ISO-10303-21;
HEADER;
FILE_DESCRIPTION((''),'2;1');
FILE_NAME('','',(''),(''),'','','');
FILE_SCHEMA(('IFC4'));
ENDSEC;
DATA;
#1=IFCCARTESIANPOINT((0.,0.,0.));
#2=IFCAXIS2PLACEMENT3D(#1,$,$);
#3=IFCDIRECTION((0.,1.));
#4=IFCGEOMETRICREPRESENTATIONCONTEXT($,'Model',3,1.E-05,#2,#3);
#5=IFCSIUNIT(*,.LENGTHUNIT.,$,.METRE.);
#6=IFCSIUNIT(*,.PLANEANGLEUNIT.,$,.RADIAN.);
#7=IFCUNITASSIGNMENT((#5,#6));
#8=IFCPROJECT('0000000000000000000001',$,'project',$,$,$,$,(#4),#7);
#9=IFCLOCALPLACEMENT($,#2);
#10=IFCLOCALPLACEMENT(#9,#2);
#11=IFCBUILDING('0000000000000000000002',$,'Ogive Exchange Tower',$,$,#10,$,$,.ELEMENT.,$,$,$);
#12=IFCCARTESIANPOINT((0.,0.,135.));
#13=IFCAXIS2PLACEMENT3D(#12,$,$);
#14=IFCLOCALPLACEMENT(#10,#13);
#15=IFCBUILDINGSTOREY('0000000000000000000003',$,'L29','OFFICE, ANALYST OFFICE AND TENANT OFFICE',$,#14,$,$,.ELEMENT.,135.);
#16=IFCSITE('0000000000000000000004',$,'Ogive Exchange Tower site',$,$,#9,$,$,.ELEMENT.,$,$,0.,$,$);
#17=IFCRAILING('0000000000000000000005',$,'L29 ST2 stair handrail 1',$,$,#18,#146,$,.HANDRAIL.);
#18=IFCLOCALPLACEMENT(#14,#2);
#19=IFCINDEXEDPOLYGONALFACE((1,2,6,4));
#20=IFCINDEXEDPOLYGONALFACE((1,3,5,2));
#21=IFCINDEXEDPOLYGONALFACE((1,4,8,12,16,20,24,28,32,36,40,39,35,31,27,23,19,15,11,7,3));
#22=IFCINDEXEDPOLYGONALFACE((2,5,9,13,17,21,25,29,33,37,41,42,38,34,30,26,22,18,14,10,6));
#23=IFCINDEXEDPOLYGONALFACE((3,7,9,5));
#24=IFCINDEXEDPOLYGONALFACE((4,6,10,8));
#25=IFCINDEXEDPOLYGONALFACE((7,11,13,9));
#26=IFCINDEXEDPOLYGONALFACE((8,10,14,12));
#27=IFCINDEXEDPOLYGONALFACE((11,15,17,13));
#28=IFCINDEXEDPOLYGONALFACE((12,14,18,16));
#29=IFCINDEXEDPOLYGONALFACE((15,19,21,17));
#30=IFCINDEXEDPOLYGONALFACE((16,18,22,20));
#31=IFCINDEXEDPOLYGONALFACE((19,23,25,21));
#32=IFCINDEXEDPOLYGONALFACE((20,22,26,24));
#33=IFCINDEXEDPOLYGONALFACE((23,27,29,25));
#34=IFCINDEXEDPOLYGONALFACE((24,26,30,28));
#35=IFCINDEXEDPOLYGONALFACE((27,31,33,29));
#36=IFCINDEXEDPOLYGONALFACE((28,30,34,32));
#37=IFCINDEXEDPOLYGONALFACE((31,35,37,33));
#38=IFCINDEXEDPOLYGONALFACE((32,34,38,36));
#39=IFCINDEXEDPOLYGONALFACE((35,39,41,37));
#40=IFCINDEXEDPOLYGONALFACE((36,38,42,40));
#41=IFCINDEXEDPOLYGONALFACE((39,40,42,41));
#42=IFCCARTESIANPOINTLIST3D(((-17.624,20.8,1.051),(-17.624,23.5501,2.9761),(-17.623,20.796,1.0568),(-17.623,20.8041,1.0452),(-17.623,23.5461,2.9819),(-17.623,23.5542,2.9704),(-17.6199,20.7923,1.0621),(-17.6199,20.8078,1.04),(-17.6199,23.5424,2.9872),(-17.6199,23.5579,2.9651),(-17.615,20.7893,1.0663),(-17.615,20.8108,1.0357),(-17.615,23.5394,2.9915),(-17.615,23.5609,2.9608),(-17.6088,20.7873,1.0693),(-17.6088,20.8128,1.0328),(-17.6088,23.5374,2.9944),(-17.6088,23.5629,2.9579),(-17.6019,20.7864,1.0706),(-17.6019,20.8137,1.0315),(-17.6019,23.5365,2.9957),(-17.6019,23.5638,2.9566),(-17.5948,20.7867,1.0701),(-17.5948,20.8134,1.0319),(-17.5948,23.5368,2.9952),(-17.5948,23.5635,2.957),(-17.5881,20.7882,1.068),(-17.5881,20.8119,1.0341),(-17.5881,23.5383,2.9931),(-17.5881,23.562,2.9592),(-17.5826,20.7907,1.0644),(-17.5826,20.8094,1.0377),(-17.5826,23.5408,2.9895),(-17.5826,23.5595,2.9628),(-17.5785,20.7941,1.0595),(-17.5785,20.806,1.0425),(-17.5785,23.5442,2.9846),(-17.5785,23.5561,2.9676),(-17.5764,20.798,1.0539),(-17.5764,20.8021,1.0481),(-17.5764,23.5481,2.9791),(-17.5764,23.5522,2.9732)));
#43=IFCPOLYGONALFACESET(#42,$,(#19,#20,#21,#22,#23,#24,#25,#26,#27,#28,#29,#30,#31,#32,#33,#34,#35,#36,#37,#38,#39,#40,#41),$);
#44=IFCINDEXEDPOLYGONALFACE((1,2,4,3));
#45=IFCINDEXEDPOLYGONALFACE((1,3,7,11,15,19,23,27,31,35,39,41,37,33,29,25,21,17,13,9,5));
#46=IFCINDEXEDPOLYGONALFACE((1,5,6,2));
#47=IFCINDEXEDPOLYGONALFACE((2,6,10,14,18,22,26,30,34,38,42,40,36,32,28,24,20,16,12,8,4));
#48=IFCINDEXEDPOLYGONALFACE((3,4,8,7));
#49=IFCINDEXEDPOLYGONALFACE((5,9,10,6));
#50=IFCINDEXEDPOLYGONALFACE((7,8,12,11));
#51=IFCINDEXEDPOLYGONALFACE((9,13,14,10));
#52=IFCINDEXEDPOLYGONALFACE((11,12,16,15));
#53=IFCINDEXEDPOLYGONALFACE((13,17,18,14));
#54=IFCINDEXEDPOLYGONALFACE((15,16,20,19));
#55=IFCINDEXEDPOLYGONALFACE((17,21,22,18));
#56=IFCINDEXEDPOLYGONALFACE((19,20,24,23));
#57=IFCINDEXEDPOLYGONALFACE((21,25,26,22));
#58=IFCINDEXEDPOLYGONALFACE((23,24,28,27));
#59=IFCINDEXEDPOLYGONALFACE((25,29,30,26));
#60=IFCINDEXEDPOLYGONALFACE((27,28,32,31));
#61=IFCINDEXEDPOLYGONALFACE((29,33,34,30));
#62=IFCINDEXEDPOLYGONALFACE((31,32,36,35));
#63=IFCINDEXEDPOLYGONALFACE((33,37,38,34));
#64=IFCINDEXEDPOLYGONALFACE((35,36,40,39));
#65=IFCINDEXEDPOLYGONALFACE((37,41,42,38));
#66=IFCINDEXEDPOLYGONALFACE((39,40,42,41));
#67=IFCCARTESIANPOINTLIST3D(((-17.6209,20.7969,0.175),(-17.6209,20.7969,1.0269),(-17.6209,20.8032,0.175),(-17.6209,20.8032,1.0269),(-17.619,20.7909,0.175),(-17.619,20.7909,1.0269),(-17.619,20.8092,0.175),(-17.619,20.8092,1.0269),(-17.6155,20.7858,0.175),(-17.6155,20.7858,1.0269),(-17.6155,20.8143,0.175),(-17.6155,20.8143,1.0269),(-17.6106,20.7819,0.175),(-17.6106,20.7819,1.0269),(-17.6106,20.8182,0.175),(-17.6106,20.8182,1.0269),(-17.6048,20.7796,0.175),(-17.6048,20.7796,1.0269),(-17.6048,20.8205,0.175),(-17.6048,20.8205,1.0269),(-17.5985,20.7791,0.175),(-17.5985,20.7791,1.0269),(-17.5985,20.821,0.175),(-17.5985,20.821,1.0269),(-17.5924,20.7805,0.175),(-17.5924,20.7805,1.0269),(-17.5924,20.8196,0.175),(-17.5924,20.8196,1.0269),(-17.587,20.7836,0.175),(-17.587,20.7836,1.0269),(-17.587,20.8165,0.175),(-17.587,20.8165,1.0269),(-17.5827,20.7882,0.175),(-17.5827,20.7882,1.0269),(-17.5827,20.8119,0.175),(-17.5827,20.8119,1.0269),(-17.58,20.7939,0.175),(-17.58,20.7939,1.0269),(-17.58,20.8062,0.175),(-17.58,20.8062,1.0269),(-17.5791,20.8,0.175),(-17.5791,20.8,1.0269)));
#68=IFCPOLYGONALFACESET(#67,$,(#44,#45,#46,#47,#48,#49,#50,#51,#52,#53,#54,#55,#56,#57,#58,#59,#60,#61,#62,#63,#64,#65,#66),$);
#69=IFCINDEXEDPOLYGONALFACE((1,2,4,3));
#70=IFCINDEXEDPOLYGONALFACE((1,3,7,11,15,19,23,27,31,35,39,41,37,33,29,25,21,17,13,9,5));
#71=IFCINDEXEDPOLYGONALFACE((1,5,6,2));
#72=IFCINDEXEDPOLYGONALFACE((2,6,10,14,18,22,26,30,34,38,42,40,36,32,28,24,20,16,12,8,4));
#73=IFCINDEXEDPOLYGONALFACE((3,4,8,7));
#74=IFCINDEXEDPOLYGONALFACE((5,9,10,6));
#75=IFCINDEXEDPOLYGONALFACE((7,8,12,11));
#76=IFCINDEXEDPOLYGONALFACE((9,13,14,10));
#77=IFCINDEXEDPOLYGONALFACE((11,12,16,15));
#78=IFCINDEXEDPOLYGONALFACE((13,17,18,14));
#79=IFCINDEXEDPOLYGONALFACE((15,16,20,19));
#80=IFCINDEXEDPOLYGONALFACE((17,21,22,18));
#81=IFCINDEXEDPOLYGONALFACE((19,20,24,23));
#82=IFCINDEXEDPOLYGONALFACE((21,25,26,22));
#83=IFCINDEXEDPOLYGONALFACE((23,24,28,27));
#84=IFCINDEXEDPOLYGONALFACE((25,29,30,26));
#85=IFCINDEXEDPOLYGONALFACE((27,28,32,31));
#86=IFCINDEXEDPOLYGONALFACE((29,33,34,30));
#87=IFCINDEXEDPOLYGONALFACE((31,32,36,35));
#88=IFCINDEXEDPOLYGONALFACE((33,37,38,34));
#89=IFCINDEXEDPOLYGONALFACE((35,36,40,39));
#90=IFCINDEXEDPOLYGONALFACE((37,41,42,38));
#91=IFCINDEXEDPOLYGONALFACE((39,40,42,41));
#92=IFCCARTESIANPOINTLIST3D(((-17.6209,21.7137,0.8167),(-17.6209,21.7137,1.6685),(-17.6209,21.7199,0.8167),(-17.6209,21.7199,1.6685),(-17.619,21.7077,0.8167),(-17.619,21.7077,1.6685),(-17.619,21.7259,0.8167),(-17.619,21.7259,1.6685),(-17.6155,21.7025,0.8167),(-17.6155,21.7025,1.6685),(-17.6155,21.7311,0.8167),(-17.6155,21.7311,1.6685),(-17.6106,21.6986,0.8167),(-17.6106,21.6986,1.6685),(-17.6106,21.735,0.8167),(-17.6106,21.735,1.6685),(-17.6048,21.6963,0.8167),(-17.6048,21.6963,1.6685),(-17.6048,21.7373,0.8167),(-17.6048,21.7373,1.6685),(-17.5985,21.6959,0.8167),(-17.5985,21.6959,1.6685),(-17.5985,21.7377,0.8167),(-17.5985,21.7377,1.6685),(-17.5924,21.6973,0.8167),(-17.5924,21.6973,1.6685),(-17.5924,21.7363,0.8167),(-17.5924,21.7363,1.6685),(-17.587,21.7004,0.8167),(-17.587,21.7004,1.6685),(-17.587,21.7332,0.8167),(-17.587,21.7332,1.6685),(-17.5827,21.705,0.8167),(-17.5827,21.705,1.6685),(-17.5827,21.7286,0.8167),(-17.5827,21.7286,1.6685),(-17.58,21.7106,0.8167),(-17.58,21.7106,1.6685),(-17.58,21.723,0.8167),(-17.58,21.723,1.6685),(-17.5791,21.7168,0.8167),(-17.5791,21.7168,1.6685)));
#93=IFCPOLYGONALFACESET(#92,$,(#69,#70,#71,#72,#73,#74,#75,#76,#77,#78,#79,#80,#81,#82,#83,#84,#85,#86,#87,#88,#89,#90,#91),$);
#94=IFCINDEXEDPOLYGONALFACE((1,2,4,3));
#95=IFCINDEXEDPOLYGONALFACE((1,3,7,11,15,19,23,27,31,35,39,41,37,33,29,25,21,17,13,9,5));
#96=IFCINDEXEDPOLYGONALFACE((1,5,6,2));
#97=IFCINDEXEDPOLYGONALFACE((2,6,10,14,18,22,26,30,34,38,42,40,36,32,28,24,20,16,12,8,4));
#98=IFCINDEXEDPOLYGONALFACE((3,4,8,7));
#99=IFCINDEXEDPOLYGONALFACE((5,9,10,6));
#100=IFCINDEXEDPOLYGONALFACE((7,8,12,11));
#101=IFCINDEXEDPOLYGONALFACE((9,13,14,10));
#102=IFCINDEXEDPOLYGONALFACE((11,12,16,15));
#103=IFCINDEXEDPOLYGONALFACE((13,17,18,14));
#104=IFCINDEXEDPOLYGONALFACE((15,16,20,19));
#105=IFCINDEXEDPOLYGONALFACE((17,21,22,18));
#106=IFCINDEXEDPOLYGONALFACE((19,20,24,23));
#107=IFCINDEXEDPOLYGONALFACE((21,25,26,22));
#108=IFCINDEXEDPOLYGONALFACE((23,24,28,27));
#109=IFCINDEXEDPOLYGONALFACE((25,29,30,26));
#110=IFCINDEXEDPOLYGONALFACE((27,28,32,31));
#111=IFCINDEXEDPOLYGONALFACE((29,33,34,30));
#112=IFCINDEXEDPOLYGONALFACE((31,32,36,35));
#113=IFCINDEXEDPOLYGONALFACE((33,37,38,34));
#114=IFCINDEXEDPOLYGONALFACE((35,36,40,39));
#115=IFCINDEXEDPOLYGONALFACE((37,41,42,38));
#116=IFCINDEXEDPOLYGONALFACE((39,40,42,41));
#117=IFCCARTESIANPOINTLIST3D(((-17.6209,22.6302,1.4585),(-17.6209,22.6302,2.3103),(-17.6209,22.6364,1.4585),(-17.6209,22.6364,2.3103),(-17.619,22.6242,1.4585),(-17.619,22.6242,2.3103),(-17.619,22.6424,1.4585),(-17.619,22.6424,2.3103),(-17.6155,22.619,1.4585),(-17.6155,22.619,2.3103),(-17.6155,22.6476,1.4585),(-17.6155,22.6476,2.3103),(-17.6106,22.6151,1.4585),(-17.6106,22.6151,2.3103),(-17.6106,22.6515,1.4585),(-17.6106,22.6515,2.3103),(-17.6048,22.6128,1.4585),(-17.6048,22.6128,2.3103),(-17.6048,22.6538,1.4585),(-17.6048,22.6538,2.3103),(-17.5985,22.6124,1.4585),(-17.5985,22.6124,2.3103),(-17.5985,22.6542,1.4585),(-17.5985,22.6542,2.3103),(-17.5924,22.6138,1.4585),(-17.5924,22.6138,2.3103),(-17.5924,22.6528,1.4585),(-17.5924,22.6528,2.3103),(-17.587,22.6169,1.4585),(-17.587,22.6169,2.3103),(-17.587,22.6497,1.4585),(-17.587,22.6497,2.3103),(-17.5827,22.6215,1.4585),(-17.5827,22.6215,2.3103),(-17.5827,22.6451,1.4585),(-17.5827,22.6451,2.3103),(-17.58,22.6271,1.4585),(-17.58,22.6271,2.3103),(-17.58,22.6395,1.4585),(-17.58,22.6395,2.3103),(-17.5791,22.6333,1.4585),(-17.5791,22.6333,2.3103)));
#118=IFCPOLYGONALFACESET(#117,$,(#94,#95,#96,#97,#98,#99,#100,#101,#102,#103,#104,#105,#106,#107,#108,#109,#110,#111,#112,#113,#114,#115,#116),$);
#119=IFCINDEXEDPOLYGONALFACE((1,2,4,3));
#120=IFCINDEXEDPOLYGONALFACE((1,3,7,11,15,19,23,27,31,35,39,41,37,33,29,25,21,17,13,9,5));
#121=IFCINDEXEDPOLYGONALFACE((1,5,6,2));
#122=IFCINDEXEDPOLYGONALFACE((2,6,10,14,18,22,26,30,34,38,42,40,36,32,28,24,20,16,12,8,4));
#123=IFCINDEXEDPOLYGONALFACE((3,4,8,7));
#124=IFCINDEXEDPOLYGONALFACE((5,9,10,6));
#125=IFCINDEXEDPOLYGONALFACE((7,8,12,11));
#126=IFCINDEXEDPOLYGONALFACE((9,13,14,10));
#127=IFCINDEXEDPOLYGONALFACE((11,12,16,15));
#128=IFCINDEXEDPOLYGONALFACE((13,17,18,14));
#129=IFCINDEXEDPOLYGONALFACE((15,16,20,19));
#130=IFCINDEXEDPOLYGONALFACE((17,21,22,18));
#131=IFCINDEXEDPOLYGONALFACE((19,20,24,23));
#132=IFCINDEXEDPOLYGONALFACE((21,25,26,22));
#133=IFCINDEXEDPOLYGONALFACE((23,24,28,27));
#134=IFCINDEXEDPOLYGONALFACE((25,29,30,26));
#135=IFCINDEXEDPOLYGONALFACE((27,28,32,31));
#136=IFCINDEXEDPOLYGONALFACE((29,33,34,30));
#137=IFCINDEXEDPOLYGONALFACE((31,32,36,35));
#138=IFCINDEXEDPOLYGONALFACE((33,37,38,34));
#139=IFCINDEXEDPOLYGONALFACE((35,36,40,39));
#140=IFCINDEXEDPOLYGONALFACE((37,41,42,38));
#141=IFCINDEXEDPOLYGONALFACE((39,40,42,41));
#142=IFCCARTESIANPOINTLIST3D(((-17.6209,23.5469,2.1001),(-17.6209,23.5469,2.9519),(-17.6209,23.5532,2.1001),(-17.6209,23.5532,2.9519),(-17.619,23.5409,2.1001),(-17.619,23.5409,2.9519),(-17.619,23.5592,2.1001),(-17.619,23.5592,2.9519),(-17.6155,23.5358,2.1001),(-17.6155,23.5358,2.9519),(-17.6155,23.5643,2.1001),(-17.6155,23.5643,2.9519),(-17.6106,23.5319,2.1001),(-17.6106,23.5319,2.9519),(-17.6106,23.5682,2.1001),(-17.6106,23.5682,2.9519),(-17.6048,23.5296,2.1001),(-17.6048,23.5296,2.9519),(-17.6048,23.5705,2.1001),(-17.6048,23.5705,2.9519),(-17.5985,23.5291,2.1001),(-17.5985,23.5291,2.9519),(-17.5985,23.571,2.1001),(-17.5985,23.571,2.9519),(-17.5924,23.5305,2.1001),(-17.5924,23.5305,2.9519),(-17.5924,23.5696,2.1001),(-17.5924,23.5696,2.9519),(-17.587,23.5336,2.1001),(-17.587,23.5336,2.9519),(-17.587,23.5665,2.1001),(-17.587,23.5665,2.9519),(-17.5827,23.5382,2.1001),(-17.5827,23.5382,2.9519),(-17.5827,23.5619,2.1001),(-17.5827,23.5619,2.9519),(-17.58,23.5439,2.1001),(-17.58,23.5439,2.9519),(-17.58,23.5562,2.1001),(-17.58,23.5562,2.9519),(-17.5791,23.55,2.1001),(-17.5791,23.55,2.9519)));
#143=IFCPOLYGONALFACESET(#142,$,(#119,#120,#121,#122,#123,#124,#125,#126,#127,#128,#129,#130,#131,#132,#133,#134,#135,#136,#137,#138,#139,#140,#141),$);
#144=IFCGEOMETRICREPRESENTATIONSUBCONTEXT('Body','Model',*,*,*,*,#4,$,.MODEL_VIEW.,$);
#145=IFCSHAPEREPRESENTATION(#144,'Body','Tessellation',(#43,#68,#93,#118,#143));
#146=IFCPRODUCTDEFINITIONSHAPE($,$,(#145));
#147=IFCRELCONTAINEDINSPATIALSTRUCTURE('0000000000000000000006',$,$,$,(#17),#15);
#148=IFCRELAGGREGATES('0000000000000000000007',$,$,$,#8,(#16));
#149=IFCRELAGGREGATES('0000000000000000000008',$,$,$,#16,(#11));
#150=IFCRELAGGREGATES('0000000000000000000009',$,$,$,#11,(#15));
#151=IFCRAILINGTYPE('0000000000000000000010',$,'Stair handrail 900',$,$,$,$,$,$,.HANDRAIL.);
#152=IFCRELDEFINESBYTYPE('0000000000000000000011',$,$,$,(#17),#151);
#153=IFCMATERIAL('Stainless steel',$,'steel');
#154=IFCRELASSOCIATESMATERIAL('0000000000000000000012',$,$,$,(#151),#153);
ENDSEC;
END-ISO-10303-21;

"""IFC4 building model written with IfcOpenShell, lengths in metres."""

from ifc_helpers import new_model, si_unit, direction, frame, origin, origin_2d, place, context, subcontext, project, spatial, circle, extrude, material, type_object, element, save


model = new_model("IFC4")

# Units and contexts
model_context = context("Model", 3, precision=1e-05, world=origin(), true_north=direction((0.0, 1.0)))
body_context = subcontext(model_context, "Body", "Model", "MODEL_VIEW")
ifc_project = project(units=[si_unit("LENGTHUNIT", "METRE"), si_unit("PLANEANGLEUNIT", "RADIAN")], contexts=[model_context])

# Site, building, storey
site_placement = place(None, origin())
site = spatial("IfcSite", under=ifc_project, at=site_placement, Name="Ogive Exchange Tower site", CompositionType="ELEMENT", RefElevation=0.0)
building_placement = place(site_placement, origin())
building = spatial("IfcBuilding", under=site, at=building_placement, Name="Ogive Exchange Tower", CompositionType="ELEMENT")
storey_placement = place(building_placement, frame((0.0, 0.0, 135.0)))
storey = spatial("IfcBuildingStorey", under=building, at=storey_placement, Name="L29", Description="OFFICE, ANALYST OFFICE AND TENANT OFFICE", CompositionType="ELEMENT", Elevation=135.0)

# Shared definitions
ifc_material_1 = material(Name="Stainless steel", Category="steel")

# Railing
railing_type = type_object("IfcRailingType", Name="Stair handrail 900", PredefinedType="HANDRAIL", material=ifc_material_1)
railing_1_placement = place(storey_placement, frame((-17.6001, 20.8, 0.175)))
element("IfcRailing", 1, at=railing_1_placement, inside=storey, type_object=railing_type, Name="L29 ST2 stair handrail 1", PredefinedType="HANDRAIL", context=body_context, shape_type="SweptSolid", body=[
    extrude(circle(Radius=0.0239, at=origin_2d()), frame((0.0, 0.0, 0.876), z_axis=(0.0, 0.819225, 0.573472), x_axis=(-1.0, 0.0, 0.0)), (0.0, 0.0, 1.0), 3.3569),
    extrude(circle(Radius=0.021, at=origin_2d()), origin(), (0.0, 0.0, 1.0), 0.8518),
    extrude(circle(Radius=0.021, at=origin_2d()), frame((0.0, 0.9167, 0.6416)), (0.0, 0.0, 1.0), 0.8518),
    extrude(circle(Radius=0.021, at=origin_2d()), frame((0.0, 1.8333, 1.2834)), (0.0, 0.0, 1.0), 0.8518),
    extrude(circle(Radius=0.021, at=origin_2d()), frame((0.0, 2.75, 1.925)), (0.0, 0.0, 1.0), 0.8518),
])

save(model, "model.ifc")
